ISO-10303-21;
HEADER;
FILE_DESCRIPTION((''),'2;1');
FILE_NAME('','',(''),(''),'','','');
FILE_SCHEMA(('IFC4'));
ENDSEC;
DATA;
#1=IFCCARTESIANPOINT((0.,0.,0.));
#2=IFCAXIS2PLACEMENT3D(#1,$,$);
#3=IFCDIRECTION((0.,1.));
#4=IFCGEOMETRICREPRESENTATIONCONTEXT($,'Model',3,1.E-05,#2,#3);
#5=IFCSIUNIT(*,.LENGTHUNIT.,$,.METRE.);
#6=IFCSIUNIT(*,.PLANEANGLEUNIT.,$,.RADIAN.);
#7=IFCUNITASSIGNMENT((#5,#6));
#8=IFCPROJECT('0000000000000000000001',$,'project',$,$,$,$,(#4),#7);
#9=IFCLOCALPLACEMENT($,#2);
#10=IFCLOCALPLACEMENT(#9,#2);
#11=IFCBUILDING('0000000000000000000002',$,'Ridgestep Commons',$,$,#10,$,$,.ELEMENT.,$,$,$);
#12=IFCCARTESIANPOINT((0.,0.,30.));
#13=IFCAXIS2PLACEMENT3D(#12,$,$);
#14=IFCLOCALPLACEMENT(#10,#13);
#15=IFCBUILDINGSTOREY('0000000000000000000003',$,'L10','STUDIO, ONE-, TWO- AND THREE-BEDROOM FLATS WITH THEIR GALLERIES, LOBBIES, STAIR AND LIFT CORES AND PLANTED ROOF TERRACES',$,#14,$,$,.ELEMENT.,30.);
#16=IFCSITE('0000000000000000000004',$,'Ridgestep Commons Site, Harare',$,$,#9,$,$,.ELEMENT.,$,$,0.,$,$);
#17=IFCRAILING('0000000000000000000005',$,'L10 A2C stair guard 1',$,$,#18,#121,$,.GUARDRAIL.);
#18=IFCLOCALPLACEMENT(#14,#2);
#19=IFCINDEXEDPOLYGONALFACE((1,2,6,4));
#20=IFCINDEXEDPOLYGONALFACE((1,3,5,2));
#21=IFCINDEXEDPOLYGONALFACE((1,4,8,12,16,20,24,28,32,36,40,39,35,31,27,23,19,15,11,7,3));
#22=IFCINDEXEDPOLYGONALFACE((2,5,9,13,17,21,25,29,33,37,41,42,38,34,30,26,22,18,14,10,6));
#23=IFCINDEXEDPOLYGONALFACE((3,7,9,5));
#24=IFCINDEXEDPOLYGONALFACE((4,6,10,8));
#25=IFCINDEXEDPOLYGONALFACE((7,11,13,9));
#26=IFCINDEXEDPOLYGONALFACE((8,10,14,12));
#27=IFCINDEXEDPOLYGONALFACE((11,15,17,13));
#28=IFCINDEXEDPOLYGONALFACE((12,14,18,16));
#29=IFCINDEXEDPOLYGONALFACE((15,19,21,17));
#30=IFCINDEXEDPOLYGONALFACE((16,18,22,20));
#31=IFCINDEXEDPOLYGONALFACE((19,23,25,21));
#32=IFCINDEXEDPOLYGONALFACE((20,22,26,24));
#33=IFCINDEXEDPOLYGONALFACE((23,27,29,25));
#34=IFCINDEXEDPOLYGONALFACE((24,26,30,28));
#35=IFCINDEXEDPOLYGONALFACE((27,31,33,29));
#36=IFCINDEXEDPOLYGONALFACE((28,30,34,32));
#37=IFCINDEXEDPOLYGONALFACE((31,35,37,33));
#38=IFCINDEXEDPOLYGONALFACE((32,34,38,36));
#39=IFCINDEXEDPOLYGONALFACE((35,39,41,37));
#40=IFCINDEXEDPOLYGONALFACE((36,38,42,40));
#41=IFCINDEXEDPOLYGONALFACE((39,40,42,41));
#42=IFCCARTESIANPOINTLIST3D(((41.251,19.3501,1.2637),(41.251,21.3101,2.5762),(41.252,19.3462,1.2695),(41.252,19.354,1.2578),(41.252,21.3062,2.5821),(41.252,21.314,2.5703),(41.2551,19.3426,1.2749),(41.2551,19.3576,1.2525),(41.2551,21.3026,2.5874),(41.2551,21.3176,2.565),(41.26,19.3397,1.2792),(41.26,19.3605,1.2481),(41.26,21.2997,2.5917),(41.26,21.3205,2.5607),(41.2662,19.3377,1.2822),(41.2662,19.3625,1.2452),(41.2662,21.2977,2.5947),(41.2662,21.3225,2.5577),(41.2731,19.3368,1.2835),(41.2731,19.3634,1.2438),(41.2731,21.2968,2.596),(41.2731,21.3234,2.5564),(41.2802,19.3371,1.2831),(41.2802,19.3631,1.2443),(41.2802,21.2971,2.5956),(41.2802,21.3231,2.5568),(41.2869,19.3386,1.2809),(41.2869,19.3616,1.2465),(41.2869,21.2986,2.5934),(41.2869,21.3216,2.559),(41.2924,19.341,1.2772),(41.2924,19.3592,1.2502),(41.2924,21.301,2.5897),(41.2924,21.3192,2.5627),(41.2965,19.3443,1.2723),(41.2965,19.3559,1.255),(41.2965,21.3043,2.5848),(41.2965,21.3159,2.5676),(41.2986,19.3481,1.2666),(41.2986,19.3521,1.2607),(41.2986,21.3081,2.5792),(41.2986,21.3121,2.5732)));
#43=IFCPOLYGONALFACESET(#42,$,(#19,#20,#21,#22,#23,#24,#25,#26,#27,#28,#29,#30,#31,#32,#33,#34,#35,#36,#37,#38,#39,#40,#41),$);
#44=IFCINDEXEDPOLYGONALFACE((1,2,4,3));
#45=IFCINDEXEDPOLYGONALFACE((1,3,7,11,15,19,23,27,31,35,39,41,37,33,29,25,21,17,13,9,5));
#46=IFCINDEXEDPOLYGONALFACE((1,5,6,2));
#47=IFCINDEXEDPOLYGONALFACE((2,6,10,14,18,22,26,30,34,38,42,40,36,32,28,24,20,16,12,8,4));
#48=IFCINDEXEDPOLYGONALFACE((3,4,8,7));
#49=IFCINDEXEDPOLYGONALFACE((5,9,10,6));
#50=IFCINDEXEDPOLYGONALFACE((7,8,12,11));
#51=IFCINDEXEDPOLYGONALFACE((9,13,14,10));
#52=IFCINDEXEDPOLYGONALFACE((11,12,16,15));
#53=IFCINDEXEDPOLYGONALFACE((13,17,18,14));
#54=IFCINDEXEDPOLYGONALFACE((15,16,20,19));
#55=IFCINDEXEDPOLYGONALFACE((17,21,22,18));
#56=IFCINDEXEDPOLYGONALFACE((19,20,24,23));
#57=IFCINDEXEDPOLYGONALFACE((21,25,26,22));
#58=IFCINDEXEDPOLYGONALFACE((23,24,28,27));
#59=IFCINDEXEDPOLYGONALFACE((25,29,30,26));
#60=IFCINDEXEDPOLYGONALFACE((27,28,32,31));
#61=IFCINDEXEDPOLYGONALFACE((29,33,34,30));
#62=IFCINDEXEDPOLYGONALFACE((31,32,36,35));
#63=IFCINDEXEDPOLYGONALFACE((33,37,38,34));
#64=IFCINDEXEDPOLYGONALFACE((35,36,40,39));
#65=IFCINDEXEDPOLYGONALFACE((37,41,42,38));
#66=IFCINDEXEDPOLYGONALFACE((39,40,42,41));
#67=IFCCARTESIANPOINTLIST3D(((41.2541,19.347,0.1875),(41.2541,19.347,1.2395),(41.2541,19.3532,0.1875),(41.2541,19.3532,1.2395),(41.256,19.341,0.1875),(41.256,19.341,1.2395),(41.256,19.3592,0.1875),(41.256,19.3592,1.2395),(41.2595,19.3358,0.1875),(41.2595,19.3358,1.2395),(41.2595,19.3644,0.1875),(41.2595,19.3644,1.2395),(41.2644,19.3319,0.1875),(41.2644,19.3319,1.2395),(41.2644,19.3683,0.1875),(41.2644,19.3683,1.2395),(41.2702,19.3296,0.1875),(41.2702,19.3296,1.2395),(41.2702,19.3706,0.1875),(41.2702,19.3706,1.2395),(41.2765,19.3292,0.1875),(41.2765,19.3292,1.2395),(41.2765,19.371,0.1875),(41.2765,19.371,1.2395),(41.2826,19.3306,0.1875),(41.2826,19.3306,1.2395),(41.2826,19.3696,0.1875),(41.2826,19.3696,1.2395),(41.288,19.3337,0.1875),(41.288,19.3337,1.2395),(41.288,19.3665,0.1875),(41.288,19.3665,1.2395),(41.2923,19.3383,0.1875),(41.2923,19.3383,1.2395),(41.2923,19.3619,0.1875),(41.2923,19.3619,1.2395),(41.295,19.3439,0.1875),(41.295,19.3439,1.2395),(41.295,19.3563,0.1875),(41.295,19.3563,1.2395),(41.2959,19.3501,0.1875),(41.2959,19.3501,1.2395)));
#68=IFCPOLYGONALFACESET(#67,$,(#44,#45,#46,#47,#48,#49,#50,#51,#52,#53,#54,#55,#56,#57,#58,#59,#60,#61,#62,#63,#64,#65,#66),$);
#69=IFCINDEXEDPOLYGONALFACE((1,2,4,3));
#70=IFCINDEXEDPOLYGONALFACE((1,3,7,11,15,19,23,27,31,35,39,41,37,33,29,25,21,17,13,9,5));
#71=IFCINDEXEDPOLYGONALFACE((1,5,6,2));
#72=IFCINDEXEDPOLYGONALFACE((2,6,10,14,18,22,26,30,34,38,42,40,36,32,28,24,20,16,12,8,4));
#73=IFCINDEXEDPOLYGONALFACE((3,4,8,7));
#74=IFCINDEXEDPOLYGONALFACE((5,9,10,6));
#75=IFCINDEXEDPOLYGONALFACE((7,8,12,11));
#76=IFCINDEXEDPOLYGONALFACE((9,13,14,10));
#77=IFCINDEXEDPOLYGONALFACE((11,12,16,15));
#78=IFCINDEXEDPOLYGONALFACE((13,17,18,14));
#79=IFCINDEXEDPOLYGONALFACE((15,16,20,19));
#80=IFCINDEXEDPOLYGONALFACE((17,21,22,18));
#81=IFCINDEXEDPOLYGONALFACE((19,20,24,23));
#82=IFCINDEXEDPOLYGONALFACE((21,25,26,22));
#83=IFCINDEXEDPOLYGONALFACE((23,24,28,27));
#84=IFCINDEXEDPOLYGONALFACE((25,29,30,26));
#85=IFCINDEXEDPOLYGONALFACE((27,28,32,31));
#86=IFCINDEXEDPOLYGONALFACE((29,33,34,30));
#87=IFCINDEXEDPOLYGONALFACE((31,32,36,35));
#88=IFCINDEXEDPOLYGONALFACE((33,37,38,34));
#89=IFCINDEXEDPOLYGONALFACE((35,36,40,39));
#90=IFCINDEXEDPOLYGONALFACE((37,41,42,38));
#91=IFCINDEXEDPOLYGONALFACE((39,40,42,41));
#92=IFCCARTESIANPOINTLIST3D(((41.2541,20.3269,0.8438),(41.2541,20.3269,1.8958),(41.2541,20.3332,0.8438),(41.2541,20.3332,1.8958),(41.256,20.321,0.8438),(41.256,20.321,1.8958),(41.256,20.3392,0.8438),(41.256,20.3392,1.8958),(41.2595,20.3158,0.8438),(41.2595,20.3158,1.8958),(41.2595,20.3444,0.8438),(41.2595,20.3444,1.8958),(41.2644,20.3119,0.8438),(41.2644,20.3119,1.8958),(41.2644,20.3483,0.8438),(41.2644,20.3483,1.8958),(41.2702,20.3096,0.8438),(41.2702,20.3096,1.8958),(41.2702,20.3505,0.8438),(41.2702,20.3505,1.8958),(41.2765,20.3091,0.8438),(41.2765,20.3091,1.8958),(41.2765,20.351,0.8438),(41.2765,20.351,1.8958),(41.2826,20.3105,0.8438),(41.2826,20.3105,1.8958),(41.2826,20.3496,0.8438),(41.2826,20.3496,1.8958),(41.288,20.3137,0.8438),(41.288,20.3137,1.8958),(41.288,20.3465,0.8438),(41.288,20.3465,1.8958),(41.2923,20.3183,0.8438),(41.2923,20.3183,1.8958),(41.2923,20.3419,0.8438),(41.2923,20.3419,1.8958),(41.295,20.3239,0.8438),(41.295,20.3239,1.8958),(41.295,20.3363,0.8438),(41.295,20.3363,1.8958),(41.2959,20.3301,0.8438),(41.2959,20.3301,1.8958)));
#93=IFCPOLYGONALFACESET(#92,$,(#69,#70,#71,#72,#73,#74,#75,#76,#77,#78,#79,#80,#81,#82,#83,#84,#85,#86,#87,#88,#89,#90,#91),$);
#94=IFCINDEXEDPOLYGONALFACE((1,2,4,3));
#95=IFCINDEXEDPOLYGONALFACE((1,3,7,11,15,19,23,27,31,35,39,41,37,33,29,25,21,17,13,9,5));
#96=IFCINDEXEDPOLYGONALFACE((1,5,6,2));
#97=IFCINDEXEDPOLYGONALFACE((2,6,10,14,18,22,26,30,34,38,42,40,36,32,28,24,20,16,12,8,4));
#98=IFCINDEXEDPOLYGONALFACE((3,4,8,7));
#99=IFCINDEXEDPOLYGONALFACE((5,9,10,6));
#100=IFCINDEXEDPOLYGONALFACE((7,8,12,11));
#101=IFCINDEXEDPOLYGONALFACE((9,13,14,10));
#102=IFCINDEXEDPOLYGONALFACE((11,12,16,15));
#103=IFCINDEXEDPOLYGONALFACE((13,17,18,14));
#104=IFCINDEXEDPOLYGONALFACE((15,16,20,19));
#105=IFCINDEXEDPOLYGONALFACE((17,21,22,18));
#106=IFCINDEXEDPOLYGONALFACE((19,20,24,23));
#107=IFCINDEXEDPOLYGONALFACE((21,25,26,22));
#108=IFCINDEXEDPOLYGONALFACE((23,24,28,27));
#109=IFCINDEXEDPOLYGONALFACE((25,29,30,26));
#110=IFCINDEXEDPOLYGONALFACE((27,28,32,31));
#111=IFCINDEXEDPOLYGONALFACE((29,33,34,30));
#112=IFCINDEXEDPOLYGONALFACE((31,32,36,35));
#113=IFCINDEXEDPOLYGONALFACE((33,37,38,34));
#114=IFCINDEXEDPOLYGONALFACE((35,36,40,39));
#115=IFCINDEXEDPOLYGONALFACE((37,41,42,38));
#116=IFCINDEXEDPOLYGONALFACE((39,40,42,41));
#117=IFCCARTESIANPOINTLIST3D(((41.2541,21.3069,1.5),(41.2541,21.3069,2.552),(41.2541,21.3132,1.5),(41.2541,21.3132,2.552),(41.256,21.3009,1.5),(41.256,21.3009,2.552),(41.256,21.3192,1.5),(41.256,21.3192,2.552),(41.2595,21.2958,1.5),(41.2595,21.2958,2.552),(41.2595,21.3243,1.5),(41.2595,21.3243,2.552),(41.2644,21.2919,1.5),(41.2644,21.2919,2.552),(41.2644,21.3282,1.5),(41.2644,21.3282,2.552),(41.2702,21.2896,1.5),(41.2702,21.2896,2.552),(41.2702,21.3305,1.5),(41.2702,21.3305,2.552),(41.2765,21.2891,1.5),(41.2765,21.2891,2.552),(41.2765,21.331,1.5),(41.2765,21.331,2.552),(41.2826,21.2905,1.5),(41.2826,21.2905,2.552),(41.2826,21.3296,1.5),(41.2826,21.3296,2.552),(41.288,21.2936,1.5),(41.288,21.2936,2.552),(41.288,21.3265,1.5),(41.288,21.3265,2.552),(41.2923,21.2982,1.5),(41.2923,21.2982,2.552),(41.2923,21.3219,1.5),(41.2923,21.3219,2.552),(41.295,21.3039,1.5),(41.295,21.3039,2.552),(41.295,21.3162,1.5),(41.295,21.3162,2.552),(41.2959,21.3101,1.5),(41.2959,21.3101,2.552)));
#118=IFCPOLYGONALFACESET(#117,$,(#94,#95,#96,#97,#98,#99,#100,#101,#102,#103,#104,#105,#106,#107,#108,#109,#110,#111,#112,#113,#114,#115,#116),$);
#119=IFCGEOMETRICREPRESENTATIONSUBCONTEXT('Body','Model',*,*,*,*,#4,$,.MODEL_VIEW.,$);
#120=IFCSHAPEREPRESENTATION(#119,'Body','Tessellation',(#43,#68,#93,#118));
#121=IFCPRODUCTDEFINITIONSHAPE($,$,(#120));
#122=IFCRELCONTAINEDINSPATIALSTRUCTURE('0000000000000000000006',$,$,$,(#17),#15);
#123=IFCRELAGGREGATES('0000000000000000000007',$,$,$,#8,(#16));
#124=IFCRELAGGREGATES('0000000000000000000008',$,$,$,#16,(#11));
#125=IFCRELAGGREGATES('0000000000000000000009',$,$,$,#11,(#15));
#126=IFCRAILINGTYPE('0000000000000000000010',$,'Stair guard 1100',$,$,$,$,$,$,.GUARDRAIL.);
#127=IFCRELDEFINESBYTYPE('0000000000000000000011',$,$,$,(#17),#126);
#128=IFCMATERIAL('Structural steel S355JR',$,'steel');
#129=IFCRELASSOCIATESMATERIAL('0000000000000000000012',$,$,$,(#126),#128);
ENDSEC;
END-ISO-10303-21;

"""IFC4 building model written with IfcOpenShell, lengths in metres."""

from ifc_helpers import new_model, si_unit, direction, frame, origin, origin_2d, place, context, subcontext, project, spatial, circle, extrude, material, type_object, element, save


model = new_model("IFC4")

# Units and contexts
model_context = context("Model", 3, precision=1e-05, world=origin(), true_north=direction((0.0, 1.0)))
body_context = subcontext(model_context, "Body", "Model", "MODEL_VIEW")
ifc_project = project(units=[si_unit("LENGTHUNIT", "METRE"), si_unit("PLANEANGLEUNIT", "RADIAN")], contexts=[model_context])

# Site, building, storey
site_placement = place(None, origin())
site = spatial("IfcSite", under=ifc_project, at=site_placement, Name="Ridgestep Commons Site, Harare", CompositionType="ELEMENT", RefElevation=0.0)
building_placement = place(site_placement, origin())
building = spatial("IfcBuilding", under=site, at=building_placement, Name="Ridgestep Commons", CompositionType="ELEMENT")
storey_placement = place(building_placement, frame((0.0, 0.0, 30.0)))
storey = spatial("IfcBuildingStorey", under=building, at=storey_placement, Name="L10", Description="STUDIO, ONE-, TWO- AND THREE-BEDROOM FLATS WITH THEIR GALLERIES, LOBBIES, STAIR AND LIFT CORES AND PLANTED ROOF TERRACES", CompositionType="ELEMENT", Elevation=30.0)

# Railing
ifc_material_1 = material(Name="Structural steel S355JR", Category="steel")
railing_type_1 = type_object("IfcRailingType", Name="Stair guard 1100", PredefinedType="GUARDRAIL", material=ifc_material_1)
railing_1_placement = place(storey_placement, frame((41.2749, 19.3501, 0.1875)))
element("IfcRailing", 1, at=railing_1_placement, inside=storey, type_object=railing_type_1, Name="L10 A2C stair guard 1", PredefinedType="GUARDRAIL", context=body_context, shape_type="SweptSolid", body=[
    extrude(circle(Radius=0.0239, at=origin_2d()), frame((0.0, 0.0, 1.0762), z_axis=(0.0, 0.830902, 0.556419), x_axis=(-1.0, 0.0, 0.0)), (0.0, 0.0, 1.0), 2.3589),
    extrude(circle(Radius=0.021, at=origin_2d()), origin(), (0.0, 0.0, 1.0), 1.052),
    extrude(circle(Radius=0.021, at=origin_2d()), frame((0.0, 0.98, 0.6562)), (0.0, 0.0, 1.0), 1.052),
    extrude(circle(Radius=0.021, at=origin_2d()), frame((0.0, 1.96, 1.3125)), (0.0, 0.0, 1.0), 1.052),
])

save(model, "model.ifc")
